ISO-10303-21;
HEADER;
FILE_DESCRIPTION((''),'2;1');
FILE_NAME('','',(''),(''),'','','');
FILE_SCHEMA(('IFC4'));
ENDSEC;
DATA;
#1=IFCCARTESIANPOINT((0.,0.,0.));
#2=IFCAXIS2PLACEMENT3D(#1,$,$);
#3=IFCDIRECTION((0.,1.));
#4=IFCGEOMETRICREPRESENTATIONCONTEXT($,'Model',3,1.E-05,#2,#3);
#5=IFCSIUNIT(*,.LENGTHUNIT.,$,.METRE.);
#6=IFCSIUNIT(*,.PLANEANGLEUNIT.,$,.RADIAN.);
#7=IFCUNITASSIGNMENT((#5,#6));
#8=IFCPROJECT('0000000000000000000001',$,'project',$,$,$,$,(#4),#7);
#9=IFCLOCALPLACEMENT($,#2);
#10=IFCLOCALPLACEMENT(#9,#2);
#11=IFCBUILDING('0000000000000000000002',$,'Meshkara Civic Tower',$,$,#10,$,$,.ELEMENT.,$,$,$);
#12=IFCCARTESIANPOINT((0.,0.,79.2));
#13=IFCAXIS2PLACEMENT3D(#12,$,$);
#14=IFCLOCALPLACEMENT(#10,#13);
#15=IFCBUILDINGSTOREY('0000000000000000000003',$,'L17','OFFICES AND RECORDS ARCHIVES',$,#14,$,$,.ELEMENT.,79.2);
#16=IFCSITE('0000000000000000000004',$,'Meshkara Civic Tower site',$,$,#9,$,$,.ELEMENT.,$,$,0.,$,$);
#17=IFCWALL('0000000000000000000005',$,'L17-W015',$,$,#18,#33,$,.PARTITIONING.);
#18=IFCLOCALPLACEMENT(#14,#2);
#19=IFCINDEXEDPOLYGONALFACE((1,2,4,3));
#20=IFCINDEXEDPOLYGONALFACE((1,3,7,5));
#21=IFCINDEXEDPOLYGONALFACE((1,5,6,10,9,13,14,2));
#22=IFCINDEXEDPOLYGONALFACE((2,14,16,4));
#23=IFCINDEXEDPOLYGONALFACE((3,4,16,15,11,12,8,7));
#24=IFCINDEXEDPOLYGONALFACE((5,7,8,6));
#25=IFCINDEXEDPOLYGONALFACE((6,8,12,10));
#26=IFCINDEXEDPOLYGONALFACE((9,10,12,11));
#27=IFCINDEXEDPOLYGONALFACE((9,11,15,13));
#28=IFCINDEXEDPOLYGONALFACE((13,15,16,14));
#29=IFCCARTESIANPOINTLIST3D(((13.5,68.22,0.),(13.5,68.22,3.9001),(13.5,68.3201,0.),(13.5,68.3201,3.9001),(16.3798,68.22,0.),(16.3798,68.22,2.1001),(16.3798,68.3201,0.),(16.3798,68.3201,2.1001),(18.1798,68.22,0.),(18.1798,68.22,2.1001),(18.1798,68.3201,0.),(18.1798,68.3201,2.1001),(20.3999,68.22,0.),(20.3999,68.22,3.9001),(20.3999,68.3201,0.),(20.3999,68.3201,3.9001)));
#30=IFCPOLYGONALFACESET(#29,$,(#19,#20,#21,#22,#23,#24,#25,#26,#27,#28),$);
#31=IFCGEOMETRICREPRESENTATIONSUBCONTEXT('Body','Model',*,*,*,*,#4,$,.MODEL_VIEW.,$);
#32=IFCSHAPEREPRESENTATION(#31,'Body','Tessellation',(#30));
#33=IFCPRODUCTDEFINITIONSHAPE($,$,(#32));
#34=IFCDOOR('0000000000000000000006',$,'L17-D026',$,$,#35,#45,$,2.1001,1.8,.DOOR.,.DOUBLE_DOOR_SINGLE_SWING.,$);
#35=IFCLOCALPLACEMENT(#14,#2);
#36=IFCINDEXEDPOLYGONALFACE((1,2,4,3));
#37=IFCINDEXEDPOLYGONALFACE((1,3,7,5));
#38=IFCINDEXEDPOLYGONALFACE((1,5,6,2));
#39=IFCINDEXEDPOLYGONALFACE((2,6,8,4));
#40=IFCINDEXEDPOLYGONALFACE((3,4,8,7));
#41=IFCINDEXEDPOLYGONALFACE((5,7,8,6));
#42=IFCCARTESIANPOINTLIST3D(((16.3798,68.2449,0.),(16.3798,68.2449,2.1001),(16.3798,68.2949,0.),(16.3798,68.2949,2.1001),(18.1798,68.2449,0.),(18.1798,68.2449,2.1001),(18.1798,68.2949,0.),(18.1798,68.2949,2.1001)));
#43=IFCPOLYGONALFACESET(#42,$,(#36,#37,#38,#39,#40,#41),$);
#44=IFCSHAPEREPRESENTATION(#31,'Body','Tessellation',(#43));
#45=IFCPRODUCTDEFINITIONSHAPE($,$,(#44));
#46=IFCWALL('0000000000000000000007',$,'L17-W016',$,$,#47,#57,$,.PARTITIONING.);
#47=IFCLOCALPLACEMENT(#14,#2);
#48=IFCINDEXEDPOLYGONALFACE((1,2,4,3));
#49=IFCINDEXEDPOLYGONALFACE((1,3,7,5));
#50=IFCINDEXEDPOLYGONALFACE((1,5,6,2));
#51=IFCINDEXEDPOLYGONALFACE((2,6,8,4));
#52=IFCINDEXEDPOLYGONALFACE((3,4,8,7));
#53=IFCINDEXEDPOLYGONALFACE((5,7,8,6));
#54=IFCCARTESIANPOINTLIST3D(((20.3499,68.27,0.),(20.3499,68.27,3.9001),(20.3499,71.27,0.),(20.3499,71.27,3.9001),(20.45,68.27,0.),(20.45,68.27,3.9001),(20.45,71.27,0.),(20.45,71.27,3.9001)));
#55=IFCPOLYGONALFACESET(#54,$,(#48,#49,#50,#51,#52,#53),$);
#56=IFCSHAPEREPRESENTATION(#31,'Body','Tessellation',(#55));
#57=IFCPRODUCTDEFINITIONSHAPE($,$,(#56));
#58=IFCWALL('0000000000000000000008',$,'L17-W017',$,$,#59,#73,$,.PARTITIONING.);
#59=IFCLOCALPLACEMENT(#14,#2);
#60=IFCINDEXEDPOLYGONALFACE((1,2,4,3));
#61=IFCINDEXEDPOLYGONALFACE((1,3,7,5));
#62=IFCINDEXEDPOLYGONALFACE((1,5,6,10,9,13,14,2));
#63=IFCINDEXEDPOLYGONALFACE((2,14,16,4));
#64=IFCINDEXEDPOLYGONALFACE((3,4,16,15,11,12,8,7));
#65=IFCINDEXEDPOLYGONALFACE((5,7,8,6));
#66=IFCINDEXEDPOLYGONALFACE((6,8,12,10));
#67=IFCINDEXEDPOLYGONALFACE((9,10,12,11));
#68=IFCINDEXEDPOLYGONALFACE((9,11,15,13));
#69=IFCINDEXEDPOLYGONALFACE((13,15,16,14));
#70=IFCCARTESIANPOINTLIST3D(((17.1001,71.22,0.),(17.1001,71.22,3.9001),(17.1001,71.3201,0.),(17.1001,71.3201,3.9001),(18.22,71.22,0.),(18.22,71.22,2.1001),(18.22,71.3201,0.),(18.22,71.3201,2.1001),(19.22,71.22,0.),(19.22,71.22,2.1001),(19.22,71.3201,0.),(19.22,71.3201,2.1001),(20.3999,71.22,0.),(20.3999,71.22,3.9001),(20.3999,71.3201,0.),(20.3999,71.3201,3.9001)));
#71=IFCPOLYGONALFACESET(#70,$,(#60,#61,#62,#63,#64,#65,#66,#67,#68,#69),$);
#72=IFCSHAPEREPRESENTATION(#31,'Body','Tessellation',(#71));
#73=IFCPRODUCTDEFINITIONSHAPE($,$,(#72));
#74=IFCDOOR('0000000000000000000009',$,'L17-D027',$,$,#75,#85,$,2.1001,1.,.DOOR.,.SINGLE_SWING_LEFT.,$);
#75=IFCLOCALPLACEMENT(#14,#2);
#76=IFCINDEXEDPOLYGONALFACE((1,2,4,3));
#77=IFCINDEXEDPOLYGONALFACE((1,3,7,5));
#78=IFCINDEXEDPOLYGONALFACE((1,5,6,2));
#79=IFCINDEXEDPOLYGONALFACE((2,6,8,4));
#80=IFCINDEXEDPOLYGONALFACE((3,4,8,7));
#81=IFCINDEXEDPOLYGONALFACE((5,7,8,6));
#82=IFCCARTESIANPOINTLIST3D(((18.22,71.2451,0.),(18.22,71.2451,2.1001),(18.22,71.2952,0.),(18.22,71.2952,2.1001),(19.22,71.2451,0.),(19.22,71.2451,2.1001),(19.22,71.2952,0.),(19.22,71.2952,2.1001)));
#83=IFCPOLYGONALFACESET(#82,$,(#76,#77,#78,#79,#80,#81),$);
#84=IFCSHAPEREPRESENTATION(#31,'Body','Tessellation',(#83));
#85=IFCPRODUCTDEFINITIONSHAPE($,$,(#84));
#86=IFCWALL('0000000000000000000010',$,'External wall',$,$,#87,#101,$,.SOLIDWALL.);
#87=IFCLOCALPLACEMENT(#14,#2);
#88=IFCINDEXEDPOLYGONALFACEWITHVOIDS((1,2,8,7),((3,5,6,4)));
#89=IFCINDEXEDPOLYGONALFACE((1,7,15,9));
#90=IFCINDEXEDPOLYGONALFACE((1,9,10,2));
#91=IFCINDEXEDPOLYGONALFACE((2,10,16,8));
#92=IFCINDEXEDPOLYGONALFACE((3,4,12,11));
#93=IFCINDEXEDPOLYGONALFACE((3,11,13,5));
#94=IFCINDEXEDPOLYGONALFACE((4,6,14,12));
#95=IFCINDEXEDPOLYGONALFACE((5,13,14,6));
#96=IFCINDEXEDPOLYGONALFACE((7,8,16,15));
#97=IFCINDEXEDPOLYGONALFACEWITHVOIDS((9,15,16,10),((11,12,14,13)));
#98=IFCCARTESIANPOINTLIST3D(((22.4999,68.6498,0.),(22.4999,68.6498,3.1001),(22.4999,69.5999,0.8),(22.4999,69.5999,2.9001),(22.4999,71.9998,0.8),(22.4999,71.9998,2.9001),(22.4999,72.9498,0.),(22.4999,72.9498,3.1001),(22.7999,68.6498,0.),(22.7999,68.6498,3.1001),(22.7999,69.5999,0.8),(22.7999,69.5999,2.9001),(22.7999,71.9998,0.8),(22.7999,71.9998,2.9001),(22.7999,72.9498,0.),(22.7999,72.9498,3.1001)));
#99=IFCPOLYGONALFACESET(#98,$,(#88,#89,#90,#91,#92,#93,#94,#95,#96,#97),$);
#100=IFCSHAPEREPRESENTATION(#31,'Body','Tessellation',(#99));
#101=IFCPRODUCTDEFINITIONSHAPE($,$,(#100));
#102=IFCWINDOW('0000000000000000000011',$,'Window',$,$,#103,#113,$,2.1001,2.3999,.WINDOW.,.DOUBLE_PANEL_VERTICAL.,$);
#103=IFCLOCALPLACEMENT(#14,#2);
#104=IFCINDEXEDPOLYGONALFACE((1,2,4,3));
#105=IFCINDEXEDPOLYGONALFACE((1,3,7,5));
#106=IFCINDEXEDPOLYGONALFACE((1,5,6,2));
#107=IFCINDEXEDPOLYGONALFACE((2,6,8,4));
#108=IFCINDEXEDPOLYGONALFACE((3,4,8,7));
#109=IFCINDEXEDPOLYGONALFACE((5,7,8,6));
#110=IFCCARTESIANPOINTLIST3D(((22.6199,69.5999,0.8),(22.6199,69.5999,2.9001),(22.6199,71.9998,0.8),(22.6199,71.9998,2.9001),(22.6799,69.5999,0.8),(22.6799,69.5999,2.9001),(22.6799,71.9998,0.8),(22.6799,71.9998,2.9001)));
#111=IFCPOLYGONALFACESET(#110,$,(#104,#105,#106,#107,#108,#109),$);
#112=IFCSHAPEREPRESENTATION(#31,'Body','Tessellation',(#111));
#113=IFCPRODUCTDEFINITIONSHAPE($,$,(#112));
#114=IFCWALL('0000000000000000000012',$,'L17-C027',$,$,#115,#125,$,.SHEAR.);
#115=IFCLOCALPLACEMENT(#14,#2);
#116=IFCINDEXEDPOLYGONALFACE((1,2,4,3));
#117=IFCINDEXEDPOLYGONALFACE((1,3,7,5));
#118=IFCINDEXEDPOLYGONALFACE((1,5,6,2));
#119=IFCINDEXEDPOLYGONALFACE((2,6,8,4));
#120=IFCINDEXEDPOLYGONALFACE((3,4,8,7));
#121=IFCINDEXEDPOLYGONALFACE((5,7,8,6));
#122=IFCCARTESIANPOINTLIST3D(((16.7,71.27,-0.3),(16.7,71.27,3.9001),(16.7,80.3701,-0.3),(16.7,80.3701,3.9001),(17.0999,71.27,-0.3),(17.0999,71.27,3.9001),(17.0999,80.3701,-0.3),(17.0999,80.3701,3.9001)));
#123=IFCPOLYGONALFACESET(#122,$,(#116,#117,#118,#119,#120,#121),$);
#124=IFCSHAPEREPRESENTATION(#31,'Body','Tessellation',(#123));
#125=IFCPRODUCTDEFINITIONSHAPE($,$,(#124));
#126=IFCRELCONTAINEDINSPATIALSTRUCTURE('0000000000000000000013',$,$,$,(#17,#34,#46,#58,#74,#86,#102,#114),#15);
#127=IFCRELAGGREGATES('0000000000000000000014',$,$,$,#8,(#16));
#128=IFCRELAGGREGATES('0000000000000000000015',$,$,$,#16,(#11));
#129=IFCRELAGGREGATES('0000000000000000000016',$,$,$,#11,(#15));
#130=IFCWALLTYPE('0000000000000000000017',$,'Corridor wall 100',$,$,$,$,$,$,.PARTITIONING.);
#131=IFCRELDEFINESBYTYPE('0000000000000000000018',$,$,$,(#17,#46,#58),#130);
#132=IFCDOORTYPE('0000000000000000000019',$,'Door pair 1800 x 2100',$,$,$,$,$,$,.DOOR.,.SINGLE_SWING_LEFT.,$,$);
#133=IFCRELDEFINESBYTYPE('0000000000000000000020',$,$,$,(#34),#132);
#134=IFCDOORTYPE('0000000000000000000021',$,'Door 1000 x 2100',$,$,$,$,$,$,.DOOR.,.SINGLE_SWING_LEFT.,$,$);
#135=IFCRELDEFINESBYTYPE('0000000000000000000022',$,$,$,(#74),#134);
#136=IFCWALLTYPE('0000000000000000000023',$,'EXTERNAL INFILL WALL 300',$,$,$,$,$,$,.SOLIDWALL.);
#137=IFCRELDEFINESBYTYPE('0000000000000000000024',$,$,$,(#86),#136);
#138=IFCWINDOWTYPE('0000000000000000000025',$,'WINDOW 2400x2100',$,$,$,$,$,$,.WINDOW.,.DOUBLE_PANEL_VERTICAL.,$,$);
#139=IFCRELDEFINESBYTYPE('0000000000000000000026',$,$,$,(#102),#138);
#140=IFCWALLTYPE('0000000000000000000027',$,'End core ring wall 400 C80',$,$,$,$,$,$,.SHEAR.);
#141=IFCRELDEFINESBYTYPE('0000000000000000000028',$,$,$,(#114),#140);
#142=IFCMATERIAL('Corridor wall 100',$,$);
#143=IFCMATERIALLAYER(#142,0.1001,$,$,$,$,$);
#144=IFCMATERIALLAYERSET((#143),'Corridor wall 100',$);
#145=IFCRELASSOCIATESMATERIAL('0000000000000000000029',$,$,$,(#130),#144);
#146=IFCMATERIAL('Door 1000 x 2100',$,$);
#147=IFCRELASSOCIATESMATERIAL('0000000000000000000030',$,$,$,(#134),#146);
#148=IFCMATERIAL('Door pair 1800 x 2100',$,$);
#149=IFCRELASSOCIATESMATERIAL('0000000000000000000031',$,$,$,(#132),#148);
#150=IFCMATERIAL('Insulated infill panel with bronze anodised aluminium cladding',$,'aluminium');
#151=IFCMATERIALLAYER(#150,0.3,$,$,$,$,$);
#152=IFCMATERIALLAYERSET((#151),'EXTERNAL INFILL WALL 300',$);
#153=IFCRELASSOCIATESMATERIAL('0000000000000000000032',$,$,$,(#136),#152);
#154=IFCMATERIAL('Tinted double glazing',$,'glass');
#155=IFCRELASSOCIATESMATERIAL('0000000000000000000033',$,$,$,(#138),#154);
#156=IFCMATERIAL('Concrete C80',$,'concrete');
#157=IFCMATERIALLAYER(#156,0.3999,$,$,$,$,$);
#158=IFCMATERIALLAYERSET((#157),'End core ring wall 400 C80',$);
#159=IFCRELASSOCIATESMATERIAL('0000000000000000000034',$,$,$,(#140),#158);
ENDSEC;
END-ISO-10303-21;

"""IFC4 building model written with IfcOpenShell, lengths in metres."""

from ifc_helpers import new_model, si_unit, direction, frame, frame_2d, origin, place, context, subcontext, project, spatial, rectangle, extrude, material, layer, layer_set, type_object, element, fill, save


model = new_model("IFC4")

# Units and contexts
model_context = context("Model", 3, precision=1e-05, world=origin(), true_north=direction((0.0, 1.0)))
body_context = subcontext(model_context, "Body", "Model", "MODEL_VIEW")
ifc_project = project(units=[si_unit("LENGTHUNIT", "METRE"), si_unit("PLANEANGLEUNIT", "RADIAN")], contexts=[model_context])

# Site, building, storey
site_placement = place(None, origin())
site = spatial("IfcSite", under=ifc_project, at=site_placement, Name="Meshkara Civic Tower site", CompositionType="ELEMENT", RefElevation=0.0)
building_placement = place(site_placement, origin())
building = spatial("IfcBuilding", under=site, at=building_placement, Name="Meshkara Civic Tower", CompositionType="ELEMENT")
storey_placement = place(building_placement, frame((0.0, 0.0, 79.2)))
storey = spatial("IfcBuildingStorey", under=building, at=storey_placement, Name="L17", Description="OFFICES AND RECORDS ARCHIVES", CompositionType="ELEMENT", Elevation=79.2)

# Shared definitions
ifc_material_1 = material(Name="Corridor wall 100")
ifc_layer_1 = layer(ifc_material_1, 0.1001)
ifc_layer_set_1 = layer_set([ifc_layer_1], Name="Corridor wall 100")
wall_type_1 = type_object("IfcWallType", Name="Corridor wall 100", PredefinedType="PARTITIONING", material=ifc_layer_set_1)
ifc_material_2 = material(Name="Door 1000 x 2100")
door_type_1 = type_object("IfcDoorType", Name="Door 1000 x 2100", OperationType="SINGLE_SWING_LEFT", PredefinedType="DOOR", material=ifc_material_2)
ifc_material_3 = material(Name="Door pair 1800 x 2100")
door_type_2 = type_object("IfcDoorType", Name="Door pair 1800 x 2100", OperationType="SINGLE_SWING_LEFT", PredefinedType="DOOR", material=ifc_material_3)

# Wall, opening, door
wall_1_placement = place(storey_placement, frame((13.5, 68.27, 0.0), z_axis=(0.0, 0.0, 1.0), x_axis=(1.0, 0.0, 0.0)))
wall_1 = element("IfcWall", 1, at=wall_1_placement, inside=storey, type_object=wall_type_1, Name="L17-W015", PredefinedType="PARTITIONING", context=body_context, shape_type="SweptSolid", body=[
    extrude(rectangle(XDim=6.8999, YDim=0.1001, at=frame_2d((3.45, 0.0))), origin(), (0.0, 0.0, 1.0), 3.9001),
])
opening_1_placement = place(wall_1_placement, frame((2.8799, 0.0, 0.0)))
opening_1 = element("IfcOpeningElement", 2, at=opening_1_placement, cuts=wall_1, PredefinedType="OPENING", context=body_context, shape_type="SweptSolid", body=[
    extrude(rectangle(XDim=1.8, YDim=2.1001, at=frame_2d((0.8999, 1.05))), frame((0.0, 0.0601, 0.0), z_axis=(0.0, -1.0, 0.0), x_axis=(1.0, 0.0, 0.0)), (0.0, 0.0, 1.0), 0.1201),
])
door_1_placement = place(opening_1_placement, origin())
door_1 = element("IfcDoor", 3, at=door_1_placement, inside=storey, type_object=door_type_2, Name="L17-D026", OperationType="DOUBLE_DOOR_SINGLE_SWING", OverallHeight=2.1001, OverallWidth=1.8, PredefinedType="DOOR", context=body_context, shape_type="SweptSolid", body=[
    extrude(rectangle(XDim=1.8, YDim=2.1001, at=frame_2d((0.8999, 1.05))), frame((0.0, 0.0249, 0.0), z_axis=(0.0, -1.0, 0.0), x_axis=(1.0, 0.0, 0.0)), (0.0, 0.0, 1.0), 0.05),
])
fill(opening_1, door_1)

# Wall
wall_2_placement = place(storey_placement, frame((20.3999, 68.27, 0.0), z_axis=(0.0, 0.0, 1.0), x_axis=(0.0, 1.0, 0.0)))
element("IfcWall", 4, at=wall_2_placement, inside=storey, type_object=wall_type_1, Name="L17-W016", PredefinedType="PARTITIONING", context=body_context, shape_type="SweptSolid", body=[
    extrude(rectangle(XDim=3.0, YDim=0.1001, at=frame_2d((1.5, 0.0))), origin(), (0.0, 0.0, 1.0), 3.9001),
])

# Wall, opening, door
wall_3_placement = place(storey_placement, frame((20.3999, 71.27, 0.0), z_axis=(0.0, 0.0, 1.0), x_axis=(-1.0, 0.0, 0.0)))
wall_3 = element("IfcWall", 5, at=wall_3_placement, inside=storey, type_object=wall_type_1, Name="L17-W017", PredefinedType="PARTITIONING", context=body_context, shape_type="SweptSolid", body=[
    extrude(rectangle(XDim=3.2998, YDim=0.1001, at=frame_2d((1.6499, 0.0))), origin(), (0.0, 0.0, 1.0), 3.9001),
])
opening_2_placement = place(wall_3_placement, frame((1.1799, 0.0, 0.0)))
opening_2 = element("IfcOpeningElement", 6, at=opening_2_placement, cuts=wall_3, PredefinedType="OPENING", context=body_context, shape_type="SweptSolid", body=[
    extrude(rectangle(XDim=1.0, YDim=2.1001, at=frame_2d((0.5, 1.05))), frame((0.0, 0.0601, 0.0), z_axis=(0.0, -1.0, 0.0), x_axis=(1.0, 0.0, 0.0)), (0.0, 0.0, 1.0), 0.1201),
])
door_2_placement = place(opening_2_placement, origin())
door_2 = element("IfcDoor", 7, at=door_2_placement, inside=storey, type_object=door_type_1, Name="L17-D027", OperationType="SINGLE_SWING_LEFT", OverallHeight=2.1001, OverallWidth=1.0, PredefinedType="DOOR", context=body_context, shape_type="SweptSolid", body=[
    extrude(rectangle(XDim=1.0, YDim=2.1001, at=frame_2d((0.5, 1.05))), frame((0.0, 0.0249, 0.0), z_axis=(0.0, -1.0, 0.0), x_axis=(1.0, 0.0, 0.0)), (0.0, 0.0, 1.0), 0.05),
])
fill(opening_2, door_2)

# Wall, opening, window
ifc_material_4 = material(Name="Insulated infill panel with bronze anodised aluminium cladding", Category="aluminium")
ifc_layer_2 = layer(ifc_material_4, 0.3)
ifc_layer_set_2 = layer_set([ifc_layer_2], Name="EXTERNAL INFILL WALL 300")
wall_type_2 = type_object("IfcWallType", Name="EXTERNAL INFILL WALL 300", PredefinedType="SOLIDWALL", material=ifc_layer_set_2)
wall_4_placement = place(storey_placement, frame((22.6499, 68.6499, 0.0), z_axis=(0.0, 0.0, 1.0), x_axis=(0.0, 1.0, 0.0)))
wall_4 = element("IfcWall", 8, at=wall_4_placement, inside=storey, type_object=wall_type_2, Name="External wall", PredefinedType="SOLIDWALL", context=body_context, shape_type="SweptSolid", body=[
    extrude(rectangle(XDim=4.3, YDim=0.3, at=frame_2d((2.1499, 0.0))), origin(), (0.0, 0.0, 1.0), 3.1001),
])
opening_3_placement = place(wall_4_placement, frame((0.95, 0.0, 0.8)))
opening_3 = element("IfcOpeningElement", 9, at=opening_3_placement, cuts=wall_4, PredefinedType="OPENING", context=body_context, shape_type="SweptSolid", body=[
    extrude(rectangle(XDim=2.3999, YDim=2.1001, at=frame_2d((1.2, 1.05))), frame((0.0, 0.1599, 0.0), z_axis=(0.0, -1.0, 0.0), x_axis=(1.0, 0.0, 0.0)), (0.0, 0.0, 1.0), 0.3201),
])
ifc_material_5 = material(Name="Tinted double glazing", Category="glass")
window_type = type_object("IfcWindowType", Name="WINDOW 2400x2100", PartitioningType="DOUBLE_PANEL_VERTICAL", PredefinedType="WINDOW", material=ifc_material_5)
window_placement = place(opening_3_placement, origin())
window = element("IfcWindow", 10, at=window_placement, inside=storey, type_object=window_type, Name="Window", OverallHeight=2.1001, OverallWidth=2.3999, PartitioningType="DOUBLE_PANEL_VERTICAL", PredefinedType="WINDOW", context=body_context, shape_type="SweptSolid", body=[
    extrude(rectangle(XDim=2.3999, YDim=2.1001, at=frame_2d((1.2, 1.05))), frame((0.0, 0.03, 0.0), z_axis=(0.0, -1.0, 0.0), x_axis=(1.0, 0.0, 0.0)), (0.0, 0.0, 1.0), 0.0601),
])
fill(opening_3, window)

# Wall
ifc_material_6 = material(Name="Concrete C80", Category="concrete")
ifc_layer_3 = layer(ifc_material_6, 0.3999)
ifc_layer_set_3 = layer_set([ifc_layer_3], Name="End core ring wall 400 C80")
wall_type_3 = type_object("IfcWallType", Name="End core ring wall 400 C80", PredefinedType="SHEAR", material=ifc_layer_set_3)
wall_5_placement = place(storey_placement, frame((16.8999, 71.27, -0.3), z_axis=(0.0, 0.0, 1.0), x_axis=(0.0, 1.0, 0.0)))
element("IfcWall", 11, at=wall_5_placement, inside=storey, type_object=wall_type_3, Name="L17-C027", PredefinedType="SHEAR", context=body_context, shape_type="SweptSolid", body=[
    extrude(rectangle(XDim=9.1001, YDim=0.3999, at=frame_2d((4.55, 0.0))), origin(), (0.0, 0.0, 1.0), 4.2002),
])

save(model, "model.ifc")
